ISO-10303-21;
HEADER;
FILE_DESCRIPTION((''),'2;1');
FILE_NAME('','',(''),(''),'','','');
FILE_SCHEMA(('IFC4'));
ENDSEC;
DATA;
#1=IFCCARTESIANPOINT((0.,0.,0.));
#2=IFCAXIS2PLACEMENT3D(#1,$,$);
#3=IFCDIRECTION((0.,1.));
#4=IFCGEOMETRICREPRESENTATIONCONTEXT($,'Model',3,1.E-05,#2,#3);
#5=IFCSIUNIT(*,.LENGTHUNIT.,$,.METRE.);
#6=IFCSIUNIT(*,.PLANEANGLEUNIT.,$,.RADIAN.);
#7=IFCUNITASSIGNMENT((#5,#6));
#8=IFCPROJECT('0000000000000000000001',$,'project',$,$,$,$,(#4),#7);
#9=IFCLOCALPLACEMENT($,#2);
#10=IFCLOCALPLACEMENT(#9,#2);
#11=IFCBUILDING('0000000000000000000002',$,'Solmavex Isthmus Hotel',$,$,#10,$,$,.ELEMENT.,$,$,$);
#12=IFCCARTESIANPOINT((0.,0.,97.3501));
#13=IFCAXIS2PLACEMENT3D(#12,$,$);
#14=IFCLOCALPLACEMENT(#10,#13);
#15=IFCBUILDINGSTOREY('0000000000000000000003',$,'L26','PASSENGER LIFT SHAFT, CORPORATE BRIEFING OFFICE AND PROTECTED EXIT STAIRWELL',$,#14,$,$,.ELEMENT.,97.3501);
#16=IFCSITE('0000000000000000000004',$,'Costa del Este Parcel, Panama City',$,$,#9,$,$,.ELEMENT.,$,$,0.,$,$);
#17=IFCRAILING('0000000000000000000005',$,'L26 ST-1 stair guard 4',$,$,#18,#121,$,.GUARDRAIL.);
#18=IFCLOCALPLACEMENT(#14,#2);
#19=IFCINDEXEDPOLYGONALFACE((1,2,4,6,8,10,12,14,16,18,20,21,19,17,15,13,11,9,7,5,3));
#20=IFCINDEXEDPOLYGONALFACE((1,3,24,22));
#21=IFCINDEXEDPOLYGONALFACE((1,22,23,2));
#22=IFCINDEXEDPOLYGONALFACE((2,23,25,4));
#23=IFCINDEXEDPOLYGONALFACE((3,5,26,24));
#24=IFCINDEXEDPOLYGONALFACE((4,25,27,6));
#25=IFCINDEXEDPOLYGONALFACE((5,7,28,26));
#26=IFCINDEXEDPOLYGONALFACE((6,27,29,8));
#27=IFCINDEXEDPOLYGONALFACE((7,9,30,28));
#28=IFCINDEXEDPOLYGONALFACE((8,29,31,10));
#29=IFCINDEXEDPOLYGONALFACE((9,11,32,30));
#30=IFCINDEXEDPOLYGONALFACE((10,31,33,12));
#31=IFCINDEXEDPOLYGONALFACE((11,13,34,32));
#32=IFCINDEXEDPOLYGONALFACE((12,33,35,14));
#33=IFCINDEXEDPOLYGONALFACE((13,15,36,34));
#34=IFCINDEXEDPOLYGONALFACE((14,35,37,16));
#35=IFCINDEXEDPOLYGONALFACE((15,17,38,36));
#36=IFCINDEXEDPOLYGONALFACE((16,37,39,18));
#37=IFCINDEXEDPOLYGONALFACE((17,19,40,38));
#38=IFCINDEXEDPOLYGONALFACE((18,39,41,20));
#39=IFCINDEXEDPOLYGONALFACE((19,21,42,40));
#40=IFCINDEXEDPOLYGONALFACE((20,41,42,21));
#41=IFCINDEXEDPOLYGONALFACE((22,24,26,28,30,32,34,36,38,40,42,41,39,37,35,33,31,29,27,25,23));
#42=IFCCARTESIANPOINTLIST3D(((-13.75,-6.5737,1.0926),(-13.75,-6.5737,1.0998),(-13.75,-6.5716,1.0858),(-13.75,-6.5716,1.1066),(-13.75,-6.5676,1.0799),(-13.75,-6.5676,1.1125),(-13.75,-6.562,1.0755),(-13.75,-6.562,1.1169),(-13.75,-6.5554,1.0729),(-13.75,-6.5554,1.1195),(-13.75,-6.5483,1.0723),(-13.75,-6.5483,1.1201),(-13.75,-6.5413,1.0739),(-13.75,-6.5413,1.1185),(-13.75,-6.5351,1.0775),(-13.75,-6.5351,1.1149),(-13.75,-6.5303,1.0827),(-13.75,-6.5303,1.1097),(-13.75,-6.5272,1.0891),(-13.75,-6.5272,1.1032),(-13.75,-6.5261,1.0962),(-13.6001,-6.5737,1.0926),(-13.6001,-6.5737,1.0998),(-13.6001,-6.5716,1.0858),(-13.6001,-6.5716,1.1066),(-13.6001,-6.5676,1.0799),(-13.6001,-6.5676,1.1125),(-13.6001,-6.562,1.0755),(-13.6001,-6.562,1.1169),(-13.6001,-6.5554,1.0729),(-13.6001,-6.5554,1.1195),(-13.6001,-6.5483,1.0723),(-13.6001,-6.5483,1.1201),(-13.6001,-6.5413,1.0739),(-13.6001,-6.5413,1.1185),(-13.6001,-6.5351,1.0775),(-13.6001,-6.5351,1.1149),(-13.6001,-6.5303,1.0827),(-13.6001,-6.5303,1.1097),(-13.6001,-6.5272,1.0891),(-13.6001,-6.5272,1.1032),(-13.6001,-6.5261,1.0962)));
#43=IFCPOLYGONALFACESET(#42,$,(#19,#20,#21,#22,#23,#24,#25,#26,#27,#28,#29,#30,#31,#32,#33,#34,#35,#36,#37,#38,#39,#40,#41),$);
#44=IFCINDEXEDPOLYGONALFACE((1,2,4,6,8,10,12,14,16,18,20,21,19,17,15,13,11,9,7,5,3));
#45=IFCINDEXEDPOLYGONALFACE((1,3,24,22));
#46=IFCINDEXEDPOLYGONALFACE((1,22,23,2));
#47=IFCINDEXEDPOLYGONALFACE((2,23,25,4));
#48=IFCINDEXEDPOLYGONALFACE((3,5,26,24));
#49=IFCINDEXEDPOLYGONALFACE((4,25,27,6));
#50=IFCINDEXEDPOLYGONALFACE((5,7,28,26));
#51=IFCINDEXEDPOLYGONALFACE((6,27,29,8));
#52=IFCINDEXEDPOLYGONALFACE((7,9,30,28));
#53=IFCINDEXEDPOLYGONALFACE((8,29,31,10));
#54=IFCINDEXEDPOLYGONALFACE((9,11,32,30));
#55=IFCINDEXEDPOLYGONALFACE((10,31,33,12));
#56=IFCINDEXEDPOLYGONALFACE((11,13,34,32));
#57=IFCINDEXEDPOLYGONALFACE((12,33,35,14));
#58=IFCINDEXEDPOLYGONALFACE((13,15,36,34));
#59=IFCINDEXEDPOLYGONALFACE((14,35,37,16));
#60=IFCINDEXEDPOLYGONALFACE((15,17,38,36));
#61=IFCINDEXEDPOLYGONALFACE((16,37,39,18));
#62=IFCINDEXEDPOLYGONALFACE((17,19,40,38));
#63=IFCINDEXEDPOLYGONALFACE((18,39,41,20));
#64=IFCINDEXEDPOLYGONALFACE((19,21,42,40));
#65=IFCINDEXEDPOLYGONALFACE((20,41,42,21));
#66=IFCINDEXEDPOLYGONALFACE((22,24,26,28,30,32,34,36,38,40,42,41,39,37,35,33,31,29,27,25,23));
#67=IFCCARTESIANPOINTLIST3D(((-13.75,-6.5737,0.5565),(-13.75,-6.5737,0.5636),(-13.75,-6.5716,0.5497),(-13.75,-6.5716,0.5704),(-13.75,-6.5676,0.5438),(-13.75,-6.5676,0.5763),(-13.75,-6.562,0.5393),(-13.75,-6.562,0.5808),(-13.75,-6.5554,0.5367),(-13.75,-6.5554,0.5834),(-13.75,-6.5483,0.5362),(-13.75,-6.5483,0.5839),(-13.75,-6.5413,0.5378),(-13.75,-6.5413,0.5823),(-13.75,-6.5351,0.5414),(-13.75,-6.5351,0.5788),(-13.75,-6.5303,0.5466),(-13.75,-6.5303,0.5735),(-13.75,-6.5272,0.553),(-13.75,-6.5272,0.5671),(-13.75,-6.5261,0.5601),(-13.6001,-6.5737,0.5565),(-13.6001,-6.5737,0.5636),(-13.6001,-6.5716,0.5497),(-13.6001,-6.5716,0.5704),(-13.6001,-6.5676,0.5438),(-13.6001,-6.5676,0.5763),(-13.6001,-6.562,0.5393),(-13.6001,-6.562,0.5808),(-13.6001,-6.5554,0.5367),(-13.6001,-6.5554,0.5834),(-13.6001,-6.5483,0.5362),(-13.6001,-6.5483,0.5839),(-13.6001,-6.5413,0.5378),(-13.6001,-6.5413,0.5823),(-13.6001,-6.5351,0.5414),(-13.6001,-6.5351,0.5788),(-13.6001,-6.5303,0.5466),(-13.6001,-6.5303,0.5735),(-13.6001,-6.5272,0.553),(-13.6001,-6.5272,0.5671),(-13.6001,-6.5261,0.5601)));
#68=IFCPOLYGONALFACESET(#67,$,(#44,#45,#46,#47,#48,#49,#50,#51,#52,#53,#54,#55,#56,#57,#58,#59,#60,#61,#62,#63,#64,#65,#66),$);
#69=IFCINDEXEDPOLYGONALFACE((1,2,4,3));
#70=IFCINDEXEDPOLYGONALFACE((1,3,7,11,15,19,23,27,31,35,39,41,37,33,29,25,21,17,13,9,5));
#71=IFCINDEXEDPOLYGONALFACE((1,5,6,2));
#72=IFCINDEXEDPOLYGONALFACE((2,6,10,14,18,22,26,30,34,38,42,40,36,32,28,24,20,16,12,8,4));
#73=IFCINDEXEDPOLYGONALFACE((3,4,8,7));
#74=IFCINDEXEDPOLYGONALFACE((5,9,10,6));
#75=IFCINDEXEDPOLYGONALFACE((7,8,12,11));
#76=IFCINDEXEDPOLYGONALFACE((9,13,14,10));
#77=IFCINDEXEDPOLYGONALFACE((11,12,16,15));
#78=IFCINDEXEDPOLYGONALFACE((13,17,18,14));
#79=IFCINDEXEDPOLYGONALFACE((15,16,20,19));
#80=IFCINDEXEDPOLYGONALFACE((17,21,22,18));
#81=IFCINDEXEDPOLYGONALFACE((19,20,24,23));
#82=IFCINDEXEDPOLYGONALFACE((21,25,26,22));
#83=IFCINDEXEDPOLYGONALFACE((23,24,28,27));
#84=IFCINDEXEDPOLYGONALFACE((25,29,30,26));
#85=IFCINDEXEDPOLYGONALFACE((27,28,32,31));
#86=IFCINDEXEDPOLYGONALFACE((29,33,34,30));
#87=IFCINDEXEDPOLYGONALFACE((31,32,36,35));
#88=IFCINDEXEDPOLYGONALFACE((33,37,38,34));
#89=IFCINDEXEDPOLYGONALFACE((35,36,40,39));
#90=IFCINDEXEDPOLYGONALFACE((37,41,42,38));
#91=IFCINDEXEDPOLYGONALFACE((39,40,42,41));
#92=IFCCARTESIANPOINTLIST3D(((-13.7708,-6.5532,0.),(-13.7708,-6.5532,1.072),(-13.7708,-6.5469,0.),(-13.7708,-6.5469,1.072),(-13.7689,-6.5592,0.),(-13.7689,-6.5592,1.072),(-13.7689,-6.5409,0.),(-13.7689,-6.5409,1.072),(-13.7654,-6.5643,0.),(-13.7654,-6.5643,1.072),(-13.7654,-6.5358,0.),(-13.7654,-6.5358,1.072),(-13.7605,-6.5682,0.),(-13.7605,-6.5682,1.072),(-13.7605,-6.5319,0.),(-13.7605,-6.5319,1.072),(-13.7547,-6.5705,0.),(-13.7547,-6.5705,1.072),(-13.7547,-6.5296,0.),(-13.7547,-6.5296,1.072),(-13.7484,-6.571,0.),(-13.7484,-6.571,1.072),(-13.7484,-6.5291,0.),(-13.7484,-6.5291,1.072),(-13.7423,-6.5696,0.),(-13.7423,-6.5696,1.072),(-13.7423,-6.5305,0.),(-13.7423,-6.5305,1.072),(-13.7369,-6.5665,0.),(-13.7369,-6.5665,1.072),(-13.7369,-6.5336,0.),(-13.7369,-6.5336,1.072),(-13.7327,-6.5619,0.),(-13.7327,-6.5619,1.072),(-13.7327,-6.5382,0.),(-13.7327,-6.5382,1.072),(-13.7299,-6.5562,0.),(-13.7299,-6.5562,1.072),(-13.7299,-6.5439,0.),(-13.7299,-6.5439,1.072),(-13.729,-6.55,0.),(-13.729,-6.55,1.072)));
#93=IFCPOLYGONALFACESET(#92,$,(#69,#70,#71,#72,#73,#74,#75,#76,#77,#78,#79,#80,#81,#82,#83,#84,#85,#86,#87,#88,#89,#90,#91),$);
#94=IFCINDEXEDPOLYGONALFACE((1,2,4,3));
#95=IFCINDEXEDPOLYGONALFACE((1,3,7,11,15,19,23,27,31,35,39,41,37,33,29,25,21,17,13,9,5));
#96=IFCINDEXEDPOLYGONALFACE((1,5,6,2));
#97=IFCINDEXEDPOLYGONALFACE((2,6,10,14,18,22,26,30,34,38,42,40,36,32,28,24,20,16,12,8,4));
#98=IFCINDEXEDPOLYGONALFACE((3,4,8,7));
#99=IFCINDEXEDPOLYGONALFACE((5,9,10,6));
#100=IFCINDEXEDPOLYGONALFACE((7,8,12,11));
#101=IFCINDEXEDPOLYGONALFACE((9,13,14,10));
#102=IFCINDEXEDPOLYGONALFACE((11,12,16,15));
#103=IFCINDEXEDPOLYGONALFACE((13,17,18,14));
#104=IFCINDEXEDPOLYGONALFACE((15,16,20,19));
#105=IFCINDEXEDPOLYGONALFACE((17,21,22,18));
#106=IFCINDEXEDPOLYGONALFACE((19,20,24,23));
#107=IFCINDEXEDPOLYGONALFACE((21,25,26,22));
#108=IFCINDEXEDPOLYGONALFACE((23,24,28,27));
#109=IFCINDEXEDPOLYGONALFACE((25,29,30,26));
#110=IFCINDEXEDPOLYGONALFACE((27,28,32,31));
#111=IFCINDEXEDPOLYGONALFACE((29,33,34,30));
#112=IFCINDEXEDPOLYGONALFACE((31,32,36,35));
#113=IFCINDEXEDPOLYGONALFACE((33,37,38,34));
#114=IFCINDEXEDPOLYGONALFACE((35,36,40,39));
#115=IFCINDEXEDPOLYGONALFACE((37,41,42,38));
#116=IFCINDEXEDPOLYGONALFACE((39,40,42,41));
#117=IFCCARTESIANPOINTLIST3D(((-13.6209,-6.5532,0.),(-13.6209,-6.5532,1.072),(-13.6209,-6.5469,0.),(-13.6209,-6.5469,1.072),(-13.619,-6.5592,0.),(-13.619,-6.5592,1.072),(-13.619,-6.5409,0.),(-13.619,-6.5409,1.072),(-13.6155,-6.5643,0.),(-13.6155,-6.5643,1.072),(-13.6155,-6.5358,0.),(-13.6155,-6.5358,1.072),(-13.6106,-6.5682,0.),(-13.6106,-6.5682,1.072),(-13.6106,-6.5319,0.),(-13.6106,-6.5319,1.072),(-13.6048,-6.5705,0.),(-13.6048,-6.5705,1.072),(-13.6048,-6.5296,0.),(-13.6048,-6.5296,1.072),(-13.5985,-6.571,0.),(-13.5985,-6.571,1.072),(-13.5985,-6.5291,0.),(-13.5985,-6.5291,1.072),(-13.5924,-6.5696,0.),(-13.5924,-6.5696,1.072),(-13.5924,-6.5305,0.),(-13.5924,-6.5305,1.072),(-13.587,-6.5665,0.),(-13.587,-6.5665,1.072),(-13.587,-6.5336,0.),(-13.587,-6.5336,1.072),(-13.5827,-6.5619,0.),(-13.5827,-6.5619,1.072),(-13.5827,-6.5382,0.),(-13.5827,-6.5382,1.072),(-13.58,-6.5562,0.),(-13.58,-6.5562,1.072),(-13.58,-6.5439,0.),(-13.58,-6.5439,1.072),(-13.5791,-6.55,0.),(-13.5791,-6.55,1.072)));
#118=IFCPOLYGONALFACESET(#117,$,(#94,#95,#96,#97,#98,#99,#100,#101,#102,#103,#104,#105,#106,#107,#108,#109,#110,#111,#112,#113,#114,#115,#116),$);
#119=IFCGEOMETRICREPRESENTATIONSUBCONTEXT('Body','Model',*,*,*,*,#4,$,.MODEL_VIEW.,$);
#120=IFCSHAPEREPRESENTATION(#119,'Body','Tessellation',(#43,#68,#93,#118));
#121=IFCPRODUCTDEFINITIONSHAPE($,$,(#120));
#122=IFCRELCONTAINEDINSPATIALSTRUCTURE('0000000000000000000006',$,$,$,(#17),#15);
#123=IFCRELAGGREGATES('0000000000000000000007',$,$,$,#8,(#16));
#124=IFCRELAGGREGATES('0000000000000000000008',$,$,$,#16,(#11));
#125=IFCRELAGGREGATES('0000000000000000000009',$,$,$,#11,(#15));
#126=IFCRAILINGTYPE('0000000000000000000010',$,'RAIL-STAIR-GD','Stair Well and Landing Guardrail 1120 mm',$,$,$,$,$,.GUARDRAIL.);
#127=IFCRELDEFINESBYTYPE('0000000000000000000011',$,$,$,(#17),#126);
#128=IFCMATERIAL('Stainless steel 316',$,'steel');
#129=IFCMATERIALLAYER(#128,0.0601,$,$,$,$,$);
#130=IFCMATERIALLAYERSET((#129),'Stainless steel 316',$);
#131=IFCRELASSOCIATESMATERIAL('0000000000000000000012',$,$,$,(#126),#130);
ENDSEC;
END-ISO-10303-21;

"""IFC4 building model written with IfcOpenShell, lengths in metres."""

from ifc_helpers import new_model, si_unit, direction, frame, origin, origin_2d, place, context, subcontext, project, spatial, circle, extrude, material, layer, layer_set, type_object, element, save


model = new_model("IFC4")

# Units and contexts
model_context = context("Model", 3, precision=1e-05, world=origin(), true_north=direction((0.0, 1.0)))
body_context = subcontext(model_context, "Body", "Model", "MODEL_VIEW")
ifc_project = project(units=[si_unit("LENGTHUNIT", "METRE"), si_unit("PLANEANGLEUNIT", "RADIAN")], contexts=[model_context])

# Site, building, storey
site_placement = place(None, origin())
site = spatial("IfcSite", under=ifc_project, at=site_placement, Name="Costa del Este Parcel, Panama City", CompositionType="ELEMENT", RefElevation=0.0)
building_placement = place(site_placement, origin())
building = spatial("IfcBuilding", under=site, at=building_placement, Name="Solmavex Isthmus Hotel", CompositionType="ELEMENT")
storey_placement = place(building_placement, frame((0.0, 0.0, 97.3501)))
storey = spatial("IfcBuildingStorey", under=building, at=storey_placement, Name="L26", Description="PASSENGER LIFT SHAFT, CORPORATE BRIEFING OFFICE AND PROTECTED EXIT STAIRWELL", CompositionType="ELEMENT", Elevation=97.3501)

# Railing
ifc_material_1 = material(Name="Stainless steel 316", Category="steel")
ifc_layer_1 = layer(ifc_material_1, 0.0601)
ifc_layer_set_1 = layer_set([ifc_layer_1], Name="Stainless steel 316")
railing_type_1 = type_object("IfcRailingType", Name="RAIL-STAIR-GD", Description="Stair Well and Landing Guardrail 1120 mm", PredefinedType="GUARDRAIL", material=ifc_layer_set_1)
railing_1_placement = place(storey_placement, frame((-13.75, -6.55, 0.0)))
element("IfcRailing", 1, at=railing_1_placement, inside=storey, type_object=railing_type_1, Name="L26 ST-1 stair guard 4", PredefinedType="GUARDRAIL", context=body_context, shape_type="SweptSolid", body=[
    extrude(circle(Radius=0.0239, at=origin_2d()), frame((0.0, 0.0, 1.0962), z_axis=(1.0, 0.0, 0.0), x_axis=(0.0, 1.0, 0.0)), (0.0, 0.0, 1.0), 0.1499),
    extrude(circle(Radius=0.0239, at=origin_2d()), frame((0.0, 0.0, 0.5601), z_axis=(1.0, 0.0, 0.0), x_axis=(0.0, 1.0, 0.0)), (0.0, 0.0, 1.0), 0.1499),
    extrude(circle(Radius=0.021, at=origin_2d()), origin(), (0.0, 0.0, 1.0), 1.072),
    extrude(circle(Radius=0.021, at=origin_2d()), frame((0.1499, 0.0, 0.0)), (0.0, 0.0, 1.0), 1.072),
])

save(model, "model.ifc")
